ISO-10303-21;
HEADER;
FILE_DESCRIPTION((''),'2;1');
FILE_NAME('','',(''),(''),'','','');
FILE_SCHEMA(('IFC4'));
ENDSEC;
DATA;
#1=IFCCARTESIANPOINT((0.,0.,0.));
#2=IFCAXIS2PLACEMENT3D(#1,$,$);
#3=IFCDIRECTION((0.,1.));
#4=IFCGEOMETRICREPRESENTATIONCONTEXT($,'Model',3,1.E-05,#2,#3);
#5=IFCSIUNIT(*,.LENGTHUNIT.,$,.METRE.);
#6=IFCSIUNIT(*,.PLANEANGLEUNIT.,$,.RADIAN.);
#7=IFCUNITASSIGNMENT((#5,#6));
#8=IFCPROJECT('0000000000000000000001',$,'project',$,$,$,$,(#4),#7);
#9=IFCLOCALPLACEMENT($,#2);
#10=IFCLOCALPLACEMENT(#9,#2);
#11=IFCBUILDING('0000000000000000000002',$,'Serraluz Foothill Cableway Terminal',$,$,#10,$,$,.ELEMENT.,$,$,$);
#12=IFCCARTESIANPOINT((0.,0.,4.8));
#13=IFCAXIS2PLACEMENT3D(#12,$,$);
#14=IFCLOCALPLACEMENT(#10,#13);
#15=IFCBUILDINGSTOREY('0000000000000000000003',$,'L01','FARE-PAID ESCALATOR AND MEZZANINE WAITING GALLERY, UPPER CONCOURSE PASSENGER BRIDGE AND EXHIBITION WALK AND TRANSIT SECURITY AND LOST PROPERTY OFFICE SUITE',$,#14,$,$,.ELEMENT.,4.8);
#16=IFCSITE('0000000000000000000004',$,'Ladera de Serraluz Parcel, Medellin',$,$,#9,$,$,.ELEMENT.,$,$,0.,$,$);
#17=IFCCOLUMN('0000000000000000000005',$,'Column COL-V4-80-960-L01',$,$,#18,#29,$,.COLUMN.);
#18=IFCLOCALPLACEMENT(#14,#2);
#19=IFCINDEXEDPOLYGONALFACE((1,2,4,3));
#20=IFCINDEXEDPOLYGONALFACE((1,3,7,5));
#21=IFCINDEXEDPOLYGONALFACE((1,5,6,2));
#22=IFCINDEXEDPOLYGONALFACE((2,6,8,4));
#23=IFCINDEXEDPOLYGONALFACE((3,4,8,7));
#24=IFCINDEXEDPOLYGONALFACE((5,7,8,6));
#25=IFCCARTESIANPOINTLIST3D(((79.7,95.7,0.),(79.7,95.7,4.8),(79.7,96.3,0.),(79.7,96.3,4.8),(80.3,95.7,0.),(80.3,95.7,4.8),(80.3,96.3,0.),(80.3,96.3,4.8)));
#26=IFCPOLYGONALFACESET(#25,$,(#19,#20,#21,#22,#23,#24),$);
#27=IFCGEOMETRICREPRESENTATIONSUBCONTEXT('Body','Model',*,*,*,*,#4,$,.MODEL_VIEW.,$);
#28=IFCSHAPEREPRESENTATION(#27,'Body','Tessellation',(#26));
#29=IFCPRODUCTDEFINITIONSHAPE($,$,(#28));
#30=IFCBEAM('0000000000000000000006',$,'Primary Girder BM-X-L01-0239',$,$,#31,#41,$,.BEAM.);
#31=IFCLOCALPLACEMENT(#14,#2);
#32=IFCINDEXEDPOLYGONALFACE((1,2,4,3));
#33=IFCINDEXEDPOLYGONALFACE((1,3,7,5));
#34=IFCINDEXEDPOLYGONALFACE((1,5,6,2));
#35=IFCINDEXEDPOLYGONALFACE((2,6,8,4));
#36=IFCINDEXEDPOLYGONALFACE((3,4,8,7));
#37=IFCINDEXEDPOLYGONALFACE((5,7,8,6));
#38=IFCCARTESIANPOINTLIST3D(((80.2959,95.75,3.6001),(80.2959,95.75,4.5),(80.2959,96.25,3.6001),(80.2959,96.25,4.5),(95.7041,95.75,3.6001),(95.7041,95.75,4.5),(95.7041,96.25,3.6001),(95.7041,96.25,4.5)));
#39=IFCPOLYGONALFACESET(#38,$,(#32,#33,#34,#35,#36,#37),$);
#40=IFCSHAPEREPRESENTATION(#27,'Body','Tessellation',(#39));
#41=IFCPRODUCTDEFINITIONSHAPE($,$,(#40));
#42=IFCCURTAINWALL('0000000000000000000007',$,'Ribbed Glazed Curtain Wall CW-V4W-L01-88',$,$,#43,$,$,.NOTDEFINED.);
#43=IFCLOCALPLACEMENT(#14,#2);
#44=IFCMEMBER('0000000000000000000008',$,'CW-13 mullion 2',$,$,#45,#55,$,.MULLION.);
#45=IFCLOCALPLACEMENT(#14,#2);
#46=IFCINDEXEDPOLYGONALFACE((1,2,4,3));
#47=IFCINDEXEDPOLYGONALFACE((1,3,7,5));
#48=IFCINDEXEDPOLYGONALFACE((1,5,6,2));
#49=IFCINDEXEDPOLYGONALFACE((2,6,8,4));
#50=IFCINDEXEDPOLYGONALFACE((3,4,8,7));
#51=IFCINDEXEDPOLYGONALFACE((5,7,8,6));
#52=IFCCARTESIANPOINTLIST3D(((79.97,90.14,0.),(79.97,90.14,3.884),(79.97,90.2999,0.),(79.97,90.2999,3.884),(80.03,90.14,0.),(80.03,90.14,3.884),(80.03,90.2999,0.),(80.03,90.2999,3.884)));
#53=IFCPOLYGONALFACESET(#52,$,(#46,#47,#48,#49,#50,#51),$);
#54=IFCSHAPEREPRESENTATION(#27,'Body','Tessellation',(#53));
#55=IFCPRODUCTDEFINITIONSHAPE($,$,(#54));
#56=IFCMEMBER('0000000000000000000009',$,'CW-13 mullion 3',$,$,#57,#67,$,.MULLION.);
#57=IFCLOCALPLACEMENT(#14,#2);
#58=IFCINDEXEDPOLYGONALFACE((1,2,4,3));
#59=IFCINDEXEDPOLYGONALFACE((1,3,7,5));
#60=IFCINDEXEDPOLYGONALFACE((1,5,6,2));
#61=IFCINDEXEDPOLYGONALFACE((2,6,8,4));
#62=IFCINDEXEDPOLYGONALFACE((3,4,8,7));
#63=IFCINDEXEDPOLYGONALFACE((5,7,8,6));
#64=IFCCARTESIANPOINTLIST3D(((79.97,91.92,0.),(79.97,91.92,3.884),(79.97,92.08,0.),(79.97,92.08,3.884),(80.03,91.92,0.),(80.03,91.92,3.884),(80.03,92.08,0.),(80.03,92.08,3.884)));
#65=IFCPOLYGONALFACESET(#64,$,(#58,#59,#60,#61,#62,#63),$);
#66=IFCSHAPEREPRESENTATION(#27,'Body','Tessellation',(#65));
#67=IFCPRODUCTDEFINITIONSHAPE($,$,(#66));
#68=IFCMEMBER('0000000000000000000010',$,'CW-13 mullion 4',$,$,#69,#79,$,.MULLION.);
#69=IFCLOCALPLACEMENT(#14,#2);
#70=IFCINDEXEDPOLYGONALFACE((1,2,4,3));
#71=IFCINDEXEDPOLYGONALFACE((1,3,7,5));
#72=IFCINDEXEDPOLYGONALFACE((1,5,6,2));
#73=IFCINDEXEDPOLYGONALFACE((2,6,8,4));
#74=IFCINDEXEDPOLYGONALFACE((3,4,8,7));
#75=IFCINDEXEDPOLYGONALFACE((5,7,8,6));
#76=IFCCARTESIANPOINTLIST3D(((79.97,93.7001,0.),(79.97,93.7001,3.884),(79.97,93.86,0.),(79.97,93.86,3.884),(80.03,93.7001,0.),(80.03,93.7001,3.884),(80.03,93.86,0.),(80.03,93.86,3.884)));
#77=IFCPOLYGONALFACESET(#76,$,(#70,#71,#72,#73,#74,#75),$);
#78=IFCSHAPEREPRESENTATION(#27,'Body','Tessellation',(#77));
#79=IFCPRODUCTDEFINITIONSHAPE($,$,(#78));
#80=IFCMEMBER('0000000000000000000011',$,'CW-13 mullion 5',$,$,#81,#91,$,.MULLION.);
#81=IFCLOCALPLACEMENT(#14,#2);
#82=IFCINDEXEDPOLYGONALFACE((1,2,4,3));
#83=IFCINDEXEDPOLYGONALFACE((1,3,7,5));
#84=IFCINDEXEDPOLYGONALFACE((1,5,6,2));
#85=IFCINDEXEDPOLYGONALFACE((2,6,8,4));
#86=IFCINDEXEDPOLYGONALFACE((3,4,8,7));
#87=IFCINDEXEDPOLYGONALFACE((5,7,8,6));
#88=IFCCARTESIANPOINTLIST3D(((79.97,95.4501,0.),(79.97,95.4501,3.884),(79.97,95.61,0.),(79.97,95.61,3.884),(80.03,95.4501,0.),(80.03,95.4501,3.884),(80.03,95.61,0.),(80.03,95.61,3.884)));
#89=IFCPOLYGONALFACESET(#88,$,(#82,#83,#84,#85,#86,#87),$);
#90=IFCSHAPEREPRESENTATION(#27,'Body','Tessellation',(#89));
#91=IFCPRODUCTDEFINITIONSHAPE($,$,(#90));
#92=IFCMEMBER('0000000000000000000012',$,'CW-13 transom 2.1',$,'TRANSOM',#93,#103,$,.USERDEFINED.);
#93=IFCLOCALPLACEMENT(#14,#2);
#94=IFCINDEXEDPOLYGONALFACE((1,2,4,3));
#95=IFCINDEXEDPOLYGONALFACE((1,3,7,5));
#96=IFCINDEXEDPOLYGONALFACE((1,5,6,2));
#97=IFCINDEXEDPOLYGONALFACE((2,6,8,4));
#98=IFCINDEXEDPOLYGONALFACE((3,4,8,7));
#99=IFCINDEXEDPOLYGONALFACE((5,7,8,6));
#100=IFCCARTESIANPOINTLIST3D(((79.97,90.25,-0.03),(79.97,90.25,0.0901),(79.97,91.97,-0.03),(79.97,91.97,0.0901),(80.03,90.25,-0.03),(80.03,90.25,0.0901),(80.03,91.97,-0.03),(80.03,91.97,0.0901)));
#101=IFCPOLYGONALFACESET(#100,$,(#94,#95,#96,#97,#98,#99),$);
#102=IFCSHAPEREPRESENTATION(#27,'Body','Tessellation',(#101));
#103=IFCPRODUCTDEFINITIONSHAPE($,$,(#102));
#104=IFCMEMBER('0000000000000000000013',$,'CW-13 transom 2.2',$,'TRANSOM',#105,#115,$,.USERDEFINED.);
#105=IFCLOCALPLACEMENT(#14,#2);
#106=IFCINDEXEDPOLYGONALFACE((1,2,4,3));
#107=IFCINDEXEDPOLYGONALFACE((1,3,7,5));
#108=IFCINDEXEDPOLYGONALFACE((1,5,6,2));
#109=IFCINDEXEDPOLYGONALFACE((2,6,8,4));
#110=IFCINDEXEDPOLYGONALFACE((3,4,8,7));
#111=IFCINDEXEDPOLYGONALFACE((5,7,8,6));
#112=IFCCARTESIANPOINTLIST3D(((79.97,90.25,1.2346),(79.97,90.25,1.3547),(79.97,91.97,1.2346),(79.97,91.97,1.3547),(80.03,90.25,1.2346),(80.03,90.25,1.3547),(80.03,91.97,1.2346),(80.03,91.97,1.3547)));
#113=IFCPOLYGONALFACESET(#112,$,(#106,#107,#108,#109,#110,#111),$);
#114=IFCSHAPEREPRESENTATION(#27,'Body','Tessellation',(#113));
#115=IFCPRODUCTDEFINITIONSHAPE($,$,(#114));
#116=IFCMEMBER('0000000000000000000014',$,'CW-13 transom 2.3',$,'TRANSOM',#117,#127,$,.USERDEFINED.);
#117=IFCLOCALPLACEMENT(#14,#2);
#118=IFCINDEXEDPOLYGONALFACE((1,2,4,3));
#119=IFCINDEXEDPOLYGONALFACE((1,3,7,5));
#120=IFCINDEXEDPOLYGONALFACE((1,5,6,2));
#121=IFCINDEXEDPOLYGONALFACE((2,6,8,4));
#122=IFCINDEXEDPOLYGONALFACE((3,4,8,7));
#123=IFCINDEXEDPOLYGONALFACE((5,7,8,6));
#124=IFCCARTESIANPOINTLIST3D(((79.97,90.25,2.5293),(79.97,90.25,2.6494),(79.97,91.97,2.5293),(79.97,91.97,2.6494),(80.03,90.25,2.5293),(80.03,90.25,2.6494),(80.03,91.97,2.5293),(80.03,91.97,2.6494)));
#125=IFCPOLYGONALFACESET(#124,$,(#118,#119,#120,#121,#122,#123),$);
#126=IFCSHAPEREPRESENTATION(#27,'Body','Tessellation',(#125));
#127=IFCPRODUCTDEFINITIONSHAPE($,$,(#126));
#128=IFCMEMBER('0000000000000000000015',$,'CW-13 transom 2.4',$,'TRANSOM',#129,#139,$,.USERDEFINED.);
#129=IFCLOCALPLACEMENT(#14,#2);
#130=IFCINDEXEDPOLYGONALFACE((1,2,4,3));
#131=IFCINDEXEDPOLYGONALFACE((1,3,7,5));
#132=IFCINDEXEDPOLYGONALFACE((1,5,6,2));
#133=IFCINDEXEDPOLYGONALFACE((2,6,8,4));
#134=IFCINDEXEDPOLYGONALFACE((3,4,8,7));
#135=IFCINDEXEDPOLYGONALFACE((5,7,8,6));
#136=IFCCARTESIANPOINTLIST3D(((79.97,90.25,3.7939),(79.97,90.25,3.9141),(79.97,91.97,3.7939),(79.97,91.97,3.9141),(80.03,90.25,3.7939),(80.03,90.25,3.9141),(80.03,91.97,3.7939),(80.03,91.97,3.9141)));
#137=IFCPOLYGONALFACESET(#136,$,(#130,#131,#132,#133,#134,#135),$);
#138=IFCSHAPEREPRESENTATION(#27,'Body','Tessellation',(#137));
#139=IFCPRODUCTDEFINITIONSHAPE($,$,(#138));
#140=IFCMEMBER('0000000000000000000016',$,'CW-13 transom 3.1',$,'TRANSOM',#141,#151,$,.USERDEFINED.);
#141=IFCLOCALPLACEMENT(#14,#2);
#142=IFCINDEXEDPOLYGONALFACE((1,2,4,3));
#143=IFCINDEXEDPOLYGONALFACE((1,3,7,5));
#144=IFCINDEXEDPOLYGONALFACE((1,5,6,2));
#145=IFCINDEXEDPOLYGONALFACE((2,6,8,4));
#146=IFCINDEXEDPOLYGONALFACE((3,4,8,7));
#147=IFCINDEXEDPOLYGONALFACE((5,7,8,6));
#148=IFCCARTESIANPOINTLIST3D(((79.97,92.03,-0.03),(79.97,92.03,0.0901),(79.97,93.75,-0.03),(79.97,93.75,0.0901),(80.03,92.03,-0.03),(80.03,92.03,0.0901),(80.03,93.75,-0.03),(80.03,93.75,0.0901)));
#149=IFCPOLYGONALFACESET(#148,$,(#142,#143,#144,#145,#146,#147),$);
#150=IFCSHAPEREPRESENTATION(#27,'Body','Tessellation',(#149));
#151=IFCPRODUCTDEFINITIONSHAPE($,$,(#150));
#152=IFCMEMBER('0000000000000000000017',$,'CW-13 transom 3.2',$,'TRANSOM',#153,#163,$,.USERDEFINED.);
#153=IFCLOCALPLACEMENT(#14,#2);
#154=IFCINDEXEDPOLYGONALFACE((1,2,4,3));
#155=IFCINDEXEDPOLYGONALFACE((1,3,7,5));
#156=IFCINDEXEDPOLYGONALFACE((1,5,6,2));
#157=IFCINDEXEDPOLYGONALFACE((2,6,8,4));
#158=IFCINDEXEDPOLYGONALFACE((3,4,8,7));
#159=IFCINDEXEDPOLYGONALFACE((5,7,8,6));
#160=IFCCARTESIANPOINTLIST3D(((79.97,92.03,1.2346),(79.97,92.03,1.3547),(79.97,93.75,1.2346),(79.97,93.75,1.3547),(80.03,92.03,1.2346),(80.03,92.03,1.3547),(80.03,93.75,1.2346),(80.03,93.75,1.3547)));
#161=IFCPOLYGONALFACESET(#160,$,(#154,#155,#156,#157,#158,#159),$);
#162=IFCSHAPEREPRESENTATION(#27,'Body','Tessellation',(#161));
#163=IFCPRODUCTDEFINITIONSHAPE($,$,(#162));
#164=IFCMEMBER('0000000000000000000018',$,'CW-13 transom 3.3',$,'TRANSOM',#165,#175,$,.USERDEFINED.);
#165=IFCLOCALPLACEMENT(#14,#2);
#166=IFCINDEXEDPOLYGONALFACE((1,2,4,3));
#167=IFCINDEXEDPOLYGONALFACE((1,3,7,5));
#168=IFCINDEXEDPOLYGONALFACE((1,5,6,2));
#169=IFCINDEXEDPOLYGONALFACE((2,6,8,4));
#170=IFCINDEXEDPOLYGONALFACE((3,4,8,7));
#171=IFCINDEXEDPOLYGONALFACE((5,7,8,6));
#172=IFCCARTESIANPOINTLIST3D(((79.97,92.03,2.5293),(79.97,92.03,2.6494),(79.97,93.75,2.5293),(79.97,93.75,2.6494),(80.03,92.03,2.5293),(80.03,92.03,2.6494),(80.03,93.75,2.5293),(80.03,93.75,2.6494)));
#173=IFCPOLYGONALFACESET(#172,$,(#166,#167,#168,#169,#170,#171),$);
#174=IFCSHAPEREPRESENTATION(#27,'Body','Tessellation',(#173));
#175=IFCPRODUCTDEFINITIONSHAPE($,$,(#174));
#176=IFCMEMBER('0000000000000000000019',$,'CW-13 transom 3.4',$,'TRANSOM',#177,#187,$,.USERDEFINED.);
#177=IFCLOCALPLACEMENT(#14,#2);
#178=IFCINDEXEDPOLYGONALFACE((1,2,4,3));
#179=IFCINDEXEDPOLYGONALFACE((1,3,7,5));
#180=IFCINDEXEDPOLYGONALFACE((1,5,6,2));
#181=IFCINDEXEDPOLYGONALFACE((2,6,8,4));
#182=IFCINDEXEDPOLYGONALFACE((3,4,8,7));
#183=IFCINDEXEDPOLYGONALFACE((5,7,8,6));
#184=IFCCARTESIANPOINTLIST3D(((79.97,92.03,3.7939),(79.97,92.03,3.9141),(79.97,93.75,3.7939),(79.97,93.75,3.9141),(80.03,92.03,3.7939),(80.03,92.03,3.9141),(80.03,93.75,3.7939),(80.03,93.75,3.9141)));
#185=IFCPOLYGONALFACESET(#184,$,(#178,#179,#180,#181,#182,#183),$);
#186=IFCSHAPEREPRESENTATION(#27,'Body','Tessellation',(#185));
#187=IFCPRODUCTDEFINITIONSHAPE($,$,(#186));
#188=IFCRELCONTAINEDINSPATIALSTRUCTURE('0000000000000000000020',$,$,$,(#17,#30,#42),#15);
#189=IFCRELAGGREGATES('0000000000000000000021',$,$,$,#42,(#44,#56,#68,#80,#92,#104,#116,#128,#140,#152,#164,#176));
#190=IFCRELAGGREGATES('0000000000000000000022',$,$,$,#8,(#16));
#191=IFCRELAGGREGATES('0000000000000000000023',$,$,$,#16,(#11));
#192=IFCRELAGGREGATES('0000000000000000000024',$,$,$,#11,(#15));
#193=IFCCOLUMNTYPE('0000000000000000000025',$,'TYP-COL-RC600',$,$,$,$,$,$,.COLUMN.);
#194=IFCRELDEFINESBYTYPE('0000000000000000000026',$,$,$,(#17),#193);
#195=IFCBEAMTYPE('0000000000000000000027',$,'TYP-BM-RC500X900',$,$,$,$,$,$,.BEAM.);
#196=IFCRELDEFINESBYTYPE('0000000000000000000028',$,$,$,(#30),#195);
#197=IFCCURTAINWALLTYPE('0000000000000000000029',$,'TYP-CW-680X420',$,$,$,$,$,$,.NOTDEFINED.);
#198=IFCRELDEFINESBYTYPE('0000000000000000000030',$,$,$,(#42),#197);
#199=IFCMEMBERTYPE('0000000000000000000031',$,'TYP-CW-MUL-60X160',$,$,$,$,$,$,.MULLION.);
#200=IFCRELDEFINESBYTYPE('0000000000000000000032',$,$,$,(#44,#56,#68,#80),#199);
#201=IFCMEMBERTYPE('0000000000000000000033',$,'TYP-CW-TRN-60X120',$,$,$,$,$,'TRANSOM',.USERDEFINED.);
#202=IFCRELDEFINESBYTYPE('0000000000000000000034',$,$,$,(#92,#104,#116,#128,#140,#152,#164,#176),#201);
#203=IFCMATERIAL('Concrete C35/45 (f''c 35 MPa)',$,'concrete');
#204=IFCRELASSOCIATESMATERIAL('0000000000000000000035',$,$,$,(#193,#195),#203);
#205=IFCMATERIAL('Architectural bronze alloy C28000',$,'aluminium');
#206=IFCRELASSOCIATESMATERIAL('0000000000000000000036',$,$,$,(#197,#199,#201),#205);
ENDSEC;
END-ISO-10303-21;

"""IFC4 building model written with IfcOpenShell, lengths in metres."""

from ifc_helpers import new_model, si_unit, direction, frame, origin, origin_2d, place, context, subcontext, project, spatial, rectangle, extrude, material, material_profile, profile_set, type_object, element, aggregate, save


model = new_model("IFC4")

# Units and contexts
model_context = context("Model", 3, precision=1e-05, world=origin(), true_north=direction((0.0, 1.0)))
body_context = subcontext(model_context, "Body", "Model", "MODEL_VIEW")
ifc_project = project(units=[si_unit("LENGTHUNIT", "METRE"), si_unit("PLANEANGLEUNIT", "RADIAN")], contexts=[model_context])

# Site, building, storey
site_placement = place(None, origin())
site = spatial("IfcSite", under=ifc_project, at=site_placement, Name="Ladera de Serraluz Parcel, Medellin", CompositionType="ELEMENT", RefElevation=0.0)
building_placement = place(site_placement, origin())
building = spatial("IfcBuilding", under=site, at=building_placement, Name="Serraluz Foothill Cableway Terminal", CompositionType="ELEMENT")
storey_placement = place(building_placement, frame((0.0, 0.0, 4.8)))
storey = spatial("IfcBuildingStorey", under=building, at=storey_placement, Name="L01", Description="FARE-PAID ESCALATOR AND MEZZANINE WAITING GALLERY, UPPER CONCOURSE PASSENGER BRIDGE AND EXHIBITION WALK AND TRANSIT SECURITY AND LOST PROPERTY OFFICE SUITE", CompositionType="ELEMENT", Elevation=4.8)

# Column
ifc_material_1 = material(Name="Concrete C35/45 (f'c 35 MPa)", Category="concrete")
ifc_material_profile_1 = material_profile(ifc_material_1, rectangle(XDim=0.6001, YDim=0.6001, at=origin_2d()), Name="RC 600x600")
ifc_profile_set_1 = profile_set([ifc_material_profile_1], Name="Concrete C35/45 (f'c 35 MPa)")
column_type = type_object("IfcColumnType", Name="TYP-COL-RC600", PredefinedType="COLUMN", material=ifc_profile_set_1)
column_placement = place(storey_placement, frame((80.0, 96.0, 0.0), z_axis=(0.0, 0.0, 1.0), x_axis=(1.0, 0.0, 0.0)))
element("IfcColumn", 1, at=column_placement, inside=storey, type_object=column_type, Name="Column COL-V4-80-960-L01", PredefinedType="COLUMN", context=body_context, shape_type="SweptSolid", body=[
    extrude(rectangle(XDim=0.6001, YDim=0.6001, at=origin_2d()), origin(), (0.0, 0.0, 1.0), 4.8),
])

# Beam
ifc_material_profile_2 = material_profile(ifc_material_1, rectangle(XDim=0.5, YDim=0.8999, at=origin_2d()), Name="RC 500x900")
ifc_profile_set_2 = profile_set([ifc_material_profile_2], Name="Concrete C35/45 (f'c 35 MPa)")
beam_type_1 = type_object("IfcBeamType", Name="TYP-BM-RC500X900", PredefinedType="BEAM", material=ifc_profile_set_2)
beam_1_placement = place(storey_placement, frame((80.2959, 96.0, 4.05), z_axis=(1.0, 0.0, 0.0), x_axis=(0.0, 1.0, 0.0)))
element("IfcBeam", 2, at=beam_1_placement, inside=storey, type_object=beam_type_1, Name="Primary Girder BM-X-L01-0239", PredefinedType="BEAM", context=body_context, shape_type="SweptSolid", body=[
    extrude(rectangle(XDim=0.5, YDim=0.8999, at=origin_2d()), origin(), (0.0, 0.0, 1.0), 15.4082),
])

# Curtain wall, members
ifc_material_2 = material(Name="Architectural bronze alloy C28000", Category="aluminium")
curtain_wall_type = type_object("IfcCurtainWallType", Name="TYP-CW-680X420", PredefinedType="NOTDEFINED", material=ifc_material_2)
curtain_wall_placement = place(storey_placement, origin())
curtain_wall = element("IfcCurtainWall", 3, at=curtain_wall_placement, inside=storey, type_object=curtain_wall_type, Name="Ribbed Glazed Curtain Wall CW-V4W-L01-88", PredefinedType="NOTDEFINED")
ifc_material_profile_3 = material_profile(ifc_material_2, rectangle(XDim=0.0601, YDim=0.1599, at=origin_2d()), Name="ALU MULLION 60x160")
ifc_profile_set_3 = profile_set([ifc_material_profile_3], Name="Architectural bronze alloy C28000")
member_type_1 = type_object("IfcMemberType", Name="TYP-CW-MUL-60X160", PredefinedType="MULLION", material=ifc_profile_set_3)
member_1_placement = place(storey_placement, frame((80.0, 90.22, 0.0), z_axis=(0.0, 0.0, 1.0), x_axis=(-1.0, 0.0, 0.0)))
member_1 = element("IfcMember", 4, at=member_1_placement, type_object=member_type_1, Name="CW-13 mullion 2", PredefinedType="MULLION", context=body_context, shape_type="SweptSolid", body=[
    extrude(rectangle(XDim=0.0601, YDim=0.1599, at=origin_2d()), origin(), (0.0, 0.0, 1.0), 3.884),
])
member_2_placement = place(storey_placement, frame((80.0, 92.0, 0.0), z_axis=(0.0, 0.0, 1.0), x_axis=(-1.0, 0.0, 0.0)))
member_2 = element("IfcMember", 5, at=member_2_placement, type_object=member_type_1, Name="CW-13 mullion 3", PredefinedType="MULLION", context=body_context, shape_type="SweptSolid", body=[
    extrude(rectangle(XDim=0.0601, YDim=0.1599, at=origin_2d()), origin(), (0.0, 0.0, 1.0), 3.884),
])
member_3_placement = place(storey_placement, frame((80.0, 93.78, 0.0), z_axis=(0.0, 0.0, 1.0), x_axis=(-1.0, 0.0, 0.0)))
member_3 = element("IfcMember", 6, at=member_3_placement, type_object=member_type_1, Name="CW-13 mullion 4", PredefinedType="MULLION", context=body_context, shape_type="SweptSolid", body=[
    extrude(rectangle(XDim=0.0601, YDim=0.1599, at=origin_2d()), origin(), (0.0, 0.0, 1.0), 3.884),
])
member_4_placement = place(storey_placement, frame((80.0, 95.53, 0.0), z_axis=(0.0, 0.0, 1.0), x_axis=(-1.0, 0.0, 0.0)))
member_4 = element("IfcMember", 7, at=member_4_placement, type_object=member_type_1, Name="CW-13 mullion 5", PredefinedType="MULLION", context=body_context, shape_type="SweptSolid", body=[
    extrude(rectangle(XDim=0.0601, YDim=0.1599, at=origin_2d()), origin(), (0.0, 0.0, 1.0), 3.884),
])
ifc_material_profile_4 = material_profile(ifc_material_2, rectangle(XDim=0.0601, YDim=0.1201, at=origin_2d()), Name="ALU TRANSOM 60x120")
ifc_profile_set_4 = profile_set([ifc_material_profile_4], Name="Architectural bronze alloy C28000")
member_type_2 = type_object("IfcMemberType", Name="TYP-CW-TRN-60X120", ElementType="TRANSOM", PredefinedType="USERDEFINED", material=ifc_profile_set_4)
member_5_placement = place(storey_placement, frame((80.0, 90.25, 0.03), z_axis=(0.0, 1.0, 0.0), x_axis=(-1.0, 0.0, 0.0)))
member_5 = element("IfcMember", 8, at=member_5_placement, type_object=member_type_2, Name="CW-13 transom 2.1", ObjectType="TRANSOM", PredefinedType="USERDEFINED", context=body_context, shape_type="SweptSolid", body=[
    extrude(rectangle(XDim=0.0601, YDim=0.1201, at=origin_2d()), origin(), (0.0, 0.0, 1.0), 1.72),
])
member_6_placement = place(storey_placement, frame((80.0, 90.25, 1.2947), z_axis=(0.0, 1.0, 0.0), x_axis=(-1.0, 0.0, 0.0)))
member_6 = element("IfcMember", 9, at=member_6_placement, type_object=member_type_2, Name="CW-13 transom 2.2", ObjectType="TRANSOM", PredefinedType="USERDEFINED", context=body_context, shape_type="SweptSolid", body=[
    extrude(rectangle(XDim=0.0601, YDim=0.1201, at=origin_2d()), origin(), (0.0, 0.0, 1.0), 1.72),
])
member_7_placement = place(storey_placement, frame((80.0, 90.25, 2.5894), z_axis=(0.0, 1.0, 0.0), x_axis=(-1.0, 0.0, 0.0)))
member_7 = element("IfcMember", 10, at=member_7_placement, type_object=member_type_2, Name="CW-13 transom 2.3", ObjectType="TRANSOM", PredefinedType="USERDEFINED", context=body_context, shape_type="SweptSolid", body=[
    extrude(rectangle(XDim=0.0601, YDim=0.1201, at=origin_2d()), origin(), (0.0, 0.0, 1.0), 1.72),
])
member_8_placement = place(storey_placement, frame((80.0, 90.25, 3.854), z_axis=(0.0, 1.0, 0.0), x_axis=(-1.0, 0.0, 0.0)))
member_8 = element("IfcMember", 11, at=member_8_placement, type_object=member_type_2, Name="CW-13 transom 2.4", ObjectType="TRANSOM", PredefinedType="USERDEFINED", context=body_context, shape_type="SweptSolid", body=[
    extrude(rectangle(XDim=0.0601, YDim=0.1201, at=origin_2d()), origin(), (0.0, 0.0, 1.0), 1.72),
])
member_9_placement = place(storey_placement, frame((80.0, 92.03, 0.03), z_axis=(0.0, 1.0, 0.0), x_axis=(-1.0, 0.0, 0.0)))
member_9 = element("IfcMember", 12, at=member_9_placement, type_object=member_type_2, Name="CW-13 transom 3.1", ObjectType="TRANSOM", PredefinedType="USERDEFINED", context=body_context, shape_type="SweptSolid", body=[
    extrude(rectangle(XDim=0.0601, YDim=0.1201, at=origin_2d()), origin(), (0.0, 0.0, 1.0), 1.72),
])
member_10_placement = place(storey_placement, frame((80.0, 92.03, 1.2947), z_axis=(0.0, 1.0, 0.0), x_axis=(-1.0, 0.0, 0.0)))
member_10 = element("IfcMember", 13, at=member_10_placement, type_object=member_type_2, Name="CW-13 transom 3.2", ObjectType="TRANSOM", PredefinedType="USERDEFINED", context=body_context, shape_type="SweptSolid", body=[
    extrude(rectangle(XDim=0.0601, YDim=0.1201, at=origin_2d()), origin(), (0.0, 0.0, 1.0), 1.72),
])
member_11_placement = place(storey_placement, frame((80.0, 92.03, 2.5894), z_axis=(0.0, 1.0, 0.0), x_axis=(-1.0, 0.0, 0.0)))
member_11 = element("IfcMember", 14, at=member_11_placement, type_object=member_type_2, Name="CW-13 transom 3.3", ObjectType="TRANSOM", PredefinedType="USERDEFINED", context=body_context, shape_type="SweptSolid", body=[
    extrude(rectangle(XDim=0.0601, YDim=0.1201, at=origin_2d()), origin(), (0.0, 0.0, 1.0), 1.72),
])
member_12_placement = place(storey_placement, frame((80.0, 92.03, 3.854), z_axis=(0.0, 1.0, 0.0), x_axis=(-1.0, 0.0, 0.0)))
member_12 = element("IfcMember", 15, at=member_12_placement, type_object=member_type_2, Name="CW-13 transom 3.4", ObjectType="TRANSOM", PredefinedType="USERDEFINED", context=body_context, shape_type="SweptSolid", body=[
    extrude(rectangle(XDim=0.0601, YDim=0.1201, at=origin_2d()), origin(), (0.0, 0.0, 1.0), 1.72),
])

aggregate(curtain_wall, [member_1, member_2, member_3, member_4, member_5, member_6, member_7, member_8, member_9, member_10, member_11, member_12])

save(model, "model.ifc")
